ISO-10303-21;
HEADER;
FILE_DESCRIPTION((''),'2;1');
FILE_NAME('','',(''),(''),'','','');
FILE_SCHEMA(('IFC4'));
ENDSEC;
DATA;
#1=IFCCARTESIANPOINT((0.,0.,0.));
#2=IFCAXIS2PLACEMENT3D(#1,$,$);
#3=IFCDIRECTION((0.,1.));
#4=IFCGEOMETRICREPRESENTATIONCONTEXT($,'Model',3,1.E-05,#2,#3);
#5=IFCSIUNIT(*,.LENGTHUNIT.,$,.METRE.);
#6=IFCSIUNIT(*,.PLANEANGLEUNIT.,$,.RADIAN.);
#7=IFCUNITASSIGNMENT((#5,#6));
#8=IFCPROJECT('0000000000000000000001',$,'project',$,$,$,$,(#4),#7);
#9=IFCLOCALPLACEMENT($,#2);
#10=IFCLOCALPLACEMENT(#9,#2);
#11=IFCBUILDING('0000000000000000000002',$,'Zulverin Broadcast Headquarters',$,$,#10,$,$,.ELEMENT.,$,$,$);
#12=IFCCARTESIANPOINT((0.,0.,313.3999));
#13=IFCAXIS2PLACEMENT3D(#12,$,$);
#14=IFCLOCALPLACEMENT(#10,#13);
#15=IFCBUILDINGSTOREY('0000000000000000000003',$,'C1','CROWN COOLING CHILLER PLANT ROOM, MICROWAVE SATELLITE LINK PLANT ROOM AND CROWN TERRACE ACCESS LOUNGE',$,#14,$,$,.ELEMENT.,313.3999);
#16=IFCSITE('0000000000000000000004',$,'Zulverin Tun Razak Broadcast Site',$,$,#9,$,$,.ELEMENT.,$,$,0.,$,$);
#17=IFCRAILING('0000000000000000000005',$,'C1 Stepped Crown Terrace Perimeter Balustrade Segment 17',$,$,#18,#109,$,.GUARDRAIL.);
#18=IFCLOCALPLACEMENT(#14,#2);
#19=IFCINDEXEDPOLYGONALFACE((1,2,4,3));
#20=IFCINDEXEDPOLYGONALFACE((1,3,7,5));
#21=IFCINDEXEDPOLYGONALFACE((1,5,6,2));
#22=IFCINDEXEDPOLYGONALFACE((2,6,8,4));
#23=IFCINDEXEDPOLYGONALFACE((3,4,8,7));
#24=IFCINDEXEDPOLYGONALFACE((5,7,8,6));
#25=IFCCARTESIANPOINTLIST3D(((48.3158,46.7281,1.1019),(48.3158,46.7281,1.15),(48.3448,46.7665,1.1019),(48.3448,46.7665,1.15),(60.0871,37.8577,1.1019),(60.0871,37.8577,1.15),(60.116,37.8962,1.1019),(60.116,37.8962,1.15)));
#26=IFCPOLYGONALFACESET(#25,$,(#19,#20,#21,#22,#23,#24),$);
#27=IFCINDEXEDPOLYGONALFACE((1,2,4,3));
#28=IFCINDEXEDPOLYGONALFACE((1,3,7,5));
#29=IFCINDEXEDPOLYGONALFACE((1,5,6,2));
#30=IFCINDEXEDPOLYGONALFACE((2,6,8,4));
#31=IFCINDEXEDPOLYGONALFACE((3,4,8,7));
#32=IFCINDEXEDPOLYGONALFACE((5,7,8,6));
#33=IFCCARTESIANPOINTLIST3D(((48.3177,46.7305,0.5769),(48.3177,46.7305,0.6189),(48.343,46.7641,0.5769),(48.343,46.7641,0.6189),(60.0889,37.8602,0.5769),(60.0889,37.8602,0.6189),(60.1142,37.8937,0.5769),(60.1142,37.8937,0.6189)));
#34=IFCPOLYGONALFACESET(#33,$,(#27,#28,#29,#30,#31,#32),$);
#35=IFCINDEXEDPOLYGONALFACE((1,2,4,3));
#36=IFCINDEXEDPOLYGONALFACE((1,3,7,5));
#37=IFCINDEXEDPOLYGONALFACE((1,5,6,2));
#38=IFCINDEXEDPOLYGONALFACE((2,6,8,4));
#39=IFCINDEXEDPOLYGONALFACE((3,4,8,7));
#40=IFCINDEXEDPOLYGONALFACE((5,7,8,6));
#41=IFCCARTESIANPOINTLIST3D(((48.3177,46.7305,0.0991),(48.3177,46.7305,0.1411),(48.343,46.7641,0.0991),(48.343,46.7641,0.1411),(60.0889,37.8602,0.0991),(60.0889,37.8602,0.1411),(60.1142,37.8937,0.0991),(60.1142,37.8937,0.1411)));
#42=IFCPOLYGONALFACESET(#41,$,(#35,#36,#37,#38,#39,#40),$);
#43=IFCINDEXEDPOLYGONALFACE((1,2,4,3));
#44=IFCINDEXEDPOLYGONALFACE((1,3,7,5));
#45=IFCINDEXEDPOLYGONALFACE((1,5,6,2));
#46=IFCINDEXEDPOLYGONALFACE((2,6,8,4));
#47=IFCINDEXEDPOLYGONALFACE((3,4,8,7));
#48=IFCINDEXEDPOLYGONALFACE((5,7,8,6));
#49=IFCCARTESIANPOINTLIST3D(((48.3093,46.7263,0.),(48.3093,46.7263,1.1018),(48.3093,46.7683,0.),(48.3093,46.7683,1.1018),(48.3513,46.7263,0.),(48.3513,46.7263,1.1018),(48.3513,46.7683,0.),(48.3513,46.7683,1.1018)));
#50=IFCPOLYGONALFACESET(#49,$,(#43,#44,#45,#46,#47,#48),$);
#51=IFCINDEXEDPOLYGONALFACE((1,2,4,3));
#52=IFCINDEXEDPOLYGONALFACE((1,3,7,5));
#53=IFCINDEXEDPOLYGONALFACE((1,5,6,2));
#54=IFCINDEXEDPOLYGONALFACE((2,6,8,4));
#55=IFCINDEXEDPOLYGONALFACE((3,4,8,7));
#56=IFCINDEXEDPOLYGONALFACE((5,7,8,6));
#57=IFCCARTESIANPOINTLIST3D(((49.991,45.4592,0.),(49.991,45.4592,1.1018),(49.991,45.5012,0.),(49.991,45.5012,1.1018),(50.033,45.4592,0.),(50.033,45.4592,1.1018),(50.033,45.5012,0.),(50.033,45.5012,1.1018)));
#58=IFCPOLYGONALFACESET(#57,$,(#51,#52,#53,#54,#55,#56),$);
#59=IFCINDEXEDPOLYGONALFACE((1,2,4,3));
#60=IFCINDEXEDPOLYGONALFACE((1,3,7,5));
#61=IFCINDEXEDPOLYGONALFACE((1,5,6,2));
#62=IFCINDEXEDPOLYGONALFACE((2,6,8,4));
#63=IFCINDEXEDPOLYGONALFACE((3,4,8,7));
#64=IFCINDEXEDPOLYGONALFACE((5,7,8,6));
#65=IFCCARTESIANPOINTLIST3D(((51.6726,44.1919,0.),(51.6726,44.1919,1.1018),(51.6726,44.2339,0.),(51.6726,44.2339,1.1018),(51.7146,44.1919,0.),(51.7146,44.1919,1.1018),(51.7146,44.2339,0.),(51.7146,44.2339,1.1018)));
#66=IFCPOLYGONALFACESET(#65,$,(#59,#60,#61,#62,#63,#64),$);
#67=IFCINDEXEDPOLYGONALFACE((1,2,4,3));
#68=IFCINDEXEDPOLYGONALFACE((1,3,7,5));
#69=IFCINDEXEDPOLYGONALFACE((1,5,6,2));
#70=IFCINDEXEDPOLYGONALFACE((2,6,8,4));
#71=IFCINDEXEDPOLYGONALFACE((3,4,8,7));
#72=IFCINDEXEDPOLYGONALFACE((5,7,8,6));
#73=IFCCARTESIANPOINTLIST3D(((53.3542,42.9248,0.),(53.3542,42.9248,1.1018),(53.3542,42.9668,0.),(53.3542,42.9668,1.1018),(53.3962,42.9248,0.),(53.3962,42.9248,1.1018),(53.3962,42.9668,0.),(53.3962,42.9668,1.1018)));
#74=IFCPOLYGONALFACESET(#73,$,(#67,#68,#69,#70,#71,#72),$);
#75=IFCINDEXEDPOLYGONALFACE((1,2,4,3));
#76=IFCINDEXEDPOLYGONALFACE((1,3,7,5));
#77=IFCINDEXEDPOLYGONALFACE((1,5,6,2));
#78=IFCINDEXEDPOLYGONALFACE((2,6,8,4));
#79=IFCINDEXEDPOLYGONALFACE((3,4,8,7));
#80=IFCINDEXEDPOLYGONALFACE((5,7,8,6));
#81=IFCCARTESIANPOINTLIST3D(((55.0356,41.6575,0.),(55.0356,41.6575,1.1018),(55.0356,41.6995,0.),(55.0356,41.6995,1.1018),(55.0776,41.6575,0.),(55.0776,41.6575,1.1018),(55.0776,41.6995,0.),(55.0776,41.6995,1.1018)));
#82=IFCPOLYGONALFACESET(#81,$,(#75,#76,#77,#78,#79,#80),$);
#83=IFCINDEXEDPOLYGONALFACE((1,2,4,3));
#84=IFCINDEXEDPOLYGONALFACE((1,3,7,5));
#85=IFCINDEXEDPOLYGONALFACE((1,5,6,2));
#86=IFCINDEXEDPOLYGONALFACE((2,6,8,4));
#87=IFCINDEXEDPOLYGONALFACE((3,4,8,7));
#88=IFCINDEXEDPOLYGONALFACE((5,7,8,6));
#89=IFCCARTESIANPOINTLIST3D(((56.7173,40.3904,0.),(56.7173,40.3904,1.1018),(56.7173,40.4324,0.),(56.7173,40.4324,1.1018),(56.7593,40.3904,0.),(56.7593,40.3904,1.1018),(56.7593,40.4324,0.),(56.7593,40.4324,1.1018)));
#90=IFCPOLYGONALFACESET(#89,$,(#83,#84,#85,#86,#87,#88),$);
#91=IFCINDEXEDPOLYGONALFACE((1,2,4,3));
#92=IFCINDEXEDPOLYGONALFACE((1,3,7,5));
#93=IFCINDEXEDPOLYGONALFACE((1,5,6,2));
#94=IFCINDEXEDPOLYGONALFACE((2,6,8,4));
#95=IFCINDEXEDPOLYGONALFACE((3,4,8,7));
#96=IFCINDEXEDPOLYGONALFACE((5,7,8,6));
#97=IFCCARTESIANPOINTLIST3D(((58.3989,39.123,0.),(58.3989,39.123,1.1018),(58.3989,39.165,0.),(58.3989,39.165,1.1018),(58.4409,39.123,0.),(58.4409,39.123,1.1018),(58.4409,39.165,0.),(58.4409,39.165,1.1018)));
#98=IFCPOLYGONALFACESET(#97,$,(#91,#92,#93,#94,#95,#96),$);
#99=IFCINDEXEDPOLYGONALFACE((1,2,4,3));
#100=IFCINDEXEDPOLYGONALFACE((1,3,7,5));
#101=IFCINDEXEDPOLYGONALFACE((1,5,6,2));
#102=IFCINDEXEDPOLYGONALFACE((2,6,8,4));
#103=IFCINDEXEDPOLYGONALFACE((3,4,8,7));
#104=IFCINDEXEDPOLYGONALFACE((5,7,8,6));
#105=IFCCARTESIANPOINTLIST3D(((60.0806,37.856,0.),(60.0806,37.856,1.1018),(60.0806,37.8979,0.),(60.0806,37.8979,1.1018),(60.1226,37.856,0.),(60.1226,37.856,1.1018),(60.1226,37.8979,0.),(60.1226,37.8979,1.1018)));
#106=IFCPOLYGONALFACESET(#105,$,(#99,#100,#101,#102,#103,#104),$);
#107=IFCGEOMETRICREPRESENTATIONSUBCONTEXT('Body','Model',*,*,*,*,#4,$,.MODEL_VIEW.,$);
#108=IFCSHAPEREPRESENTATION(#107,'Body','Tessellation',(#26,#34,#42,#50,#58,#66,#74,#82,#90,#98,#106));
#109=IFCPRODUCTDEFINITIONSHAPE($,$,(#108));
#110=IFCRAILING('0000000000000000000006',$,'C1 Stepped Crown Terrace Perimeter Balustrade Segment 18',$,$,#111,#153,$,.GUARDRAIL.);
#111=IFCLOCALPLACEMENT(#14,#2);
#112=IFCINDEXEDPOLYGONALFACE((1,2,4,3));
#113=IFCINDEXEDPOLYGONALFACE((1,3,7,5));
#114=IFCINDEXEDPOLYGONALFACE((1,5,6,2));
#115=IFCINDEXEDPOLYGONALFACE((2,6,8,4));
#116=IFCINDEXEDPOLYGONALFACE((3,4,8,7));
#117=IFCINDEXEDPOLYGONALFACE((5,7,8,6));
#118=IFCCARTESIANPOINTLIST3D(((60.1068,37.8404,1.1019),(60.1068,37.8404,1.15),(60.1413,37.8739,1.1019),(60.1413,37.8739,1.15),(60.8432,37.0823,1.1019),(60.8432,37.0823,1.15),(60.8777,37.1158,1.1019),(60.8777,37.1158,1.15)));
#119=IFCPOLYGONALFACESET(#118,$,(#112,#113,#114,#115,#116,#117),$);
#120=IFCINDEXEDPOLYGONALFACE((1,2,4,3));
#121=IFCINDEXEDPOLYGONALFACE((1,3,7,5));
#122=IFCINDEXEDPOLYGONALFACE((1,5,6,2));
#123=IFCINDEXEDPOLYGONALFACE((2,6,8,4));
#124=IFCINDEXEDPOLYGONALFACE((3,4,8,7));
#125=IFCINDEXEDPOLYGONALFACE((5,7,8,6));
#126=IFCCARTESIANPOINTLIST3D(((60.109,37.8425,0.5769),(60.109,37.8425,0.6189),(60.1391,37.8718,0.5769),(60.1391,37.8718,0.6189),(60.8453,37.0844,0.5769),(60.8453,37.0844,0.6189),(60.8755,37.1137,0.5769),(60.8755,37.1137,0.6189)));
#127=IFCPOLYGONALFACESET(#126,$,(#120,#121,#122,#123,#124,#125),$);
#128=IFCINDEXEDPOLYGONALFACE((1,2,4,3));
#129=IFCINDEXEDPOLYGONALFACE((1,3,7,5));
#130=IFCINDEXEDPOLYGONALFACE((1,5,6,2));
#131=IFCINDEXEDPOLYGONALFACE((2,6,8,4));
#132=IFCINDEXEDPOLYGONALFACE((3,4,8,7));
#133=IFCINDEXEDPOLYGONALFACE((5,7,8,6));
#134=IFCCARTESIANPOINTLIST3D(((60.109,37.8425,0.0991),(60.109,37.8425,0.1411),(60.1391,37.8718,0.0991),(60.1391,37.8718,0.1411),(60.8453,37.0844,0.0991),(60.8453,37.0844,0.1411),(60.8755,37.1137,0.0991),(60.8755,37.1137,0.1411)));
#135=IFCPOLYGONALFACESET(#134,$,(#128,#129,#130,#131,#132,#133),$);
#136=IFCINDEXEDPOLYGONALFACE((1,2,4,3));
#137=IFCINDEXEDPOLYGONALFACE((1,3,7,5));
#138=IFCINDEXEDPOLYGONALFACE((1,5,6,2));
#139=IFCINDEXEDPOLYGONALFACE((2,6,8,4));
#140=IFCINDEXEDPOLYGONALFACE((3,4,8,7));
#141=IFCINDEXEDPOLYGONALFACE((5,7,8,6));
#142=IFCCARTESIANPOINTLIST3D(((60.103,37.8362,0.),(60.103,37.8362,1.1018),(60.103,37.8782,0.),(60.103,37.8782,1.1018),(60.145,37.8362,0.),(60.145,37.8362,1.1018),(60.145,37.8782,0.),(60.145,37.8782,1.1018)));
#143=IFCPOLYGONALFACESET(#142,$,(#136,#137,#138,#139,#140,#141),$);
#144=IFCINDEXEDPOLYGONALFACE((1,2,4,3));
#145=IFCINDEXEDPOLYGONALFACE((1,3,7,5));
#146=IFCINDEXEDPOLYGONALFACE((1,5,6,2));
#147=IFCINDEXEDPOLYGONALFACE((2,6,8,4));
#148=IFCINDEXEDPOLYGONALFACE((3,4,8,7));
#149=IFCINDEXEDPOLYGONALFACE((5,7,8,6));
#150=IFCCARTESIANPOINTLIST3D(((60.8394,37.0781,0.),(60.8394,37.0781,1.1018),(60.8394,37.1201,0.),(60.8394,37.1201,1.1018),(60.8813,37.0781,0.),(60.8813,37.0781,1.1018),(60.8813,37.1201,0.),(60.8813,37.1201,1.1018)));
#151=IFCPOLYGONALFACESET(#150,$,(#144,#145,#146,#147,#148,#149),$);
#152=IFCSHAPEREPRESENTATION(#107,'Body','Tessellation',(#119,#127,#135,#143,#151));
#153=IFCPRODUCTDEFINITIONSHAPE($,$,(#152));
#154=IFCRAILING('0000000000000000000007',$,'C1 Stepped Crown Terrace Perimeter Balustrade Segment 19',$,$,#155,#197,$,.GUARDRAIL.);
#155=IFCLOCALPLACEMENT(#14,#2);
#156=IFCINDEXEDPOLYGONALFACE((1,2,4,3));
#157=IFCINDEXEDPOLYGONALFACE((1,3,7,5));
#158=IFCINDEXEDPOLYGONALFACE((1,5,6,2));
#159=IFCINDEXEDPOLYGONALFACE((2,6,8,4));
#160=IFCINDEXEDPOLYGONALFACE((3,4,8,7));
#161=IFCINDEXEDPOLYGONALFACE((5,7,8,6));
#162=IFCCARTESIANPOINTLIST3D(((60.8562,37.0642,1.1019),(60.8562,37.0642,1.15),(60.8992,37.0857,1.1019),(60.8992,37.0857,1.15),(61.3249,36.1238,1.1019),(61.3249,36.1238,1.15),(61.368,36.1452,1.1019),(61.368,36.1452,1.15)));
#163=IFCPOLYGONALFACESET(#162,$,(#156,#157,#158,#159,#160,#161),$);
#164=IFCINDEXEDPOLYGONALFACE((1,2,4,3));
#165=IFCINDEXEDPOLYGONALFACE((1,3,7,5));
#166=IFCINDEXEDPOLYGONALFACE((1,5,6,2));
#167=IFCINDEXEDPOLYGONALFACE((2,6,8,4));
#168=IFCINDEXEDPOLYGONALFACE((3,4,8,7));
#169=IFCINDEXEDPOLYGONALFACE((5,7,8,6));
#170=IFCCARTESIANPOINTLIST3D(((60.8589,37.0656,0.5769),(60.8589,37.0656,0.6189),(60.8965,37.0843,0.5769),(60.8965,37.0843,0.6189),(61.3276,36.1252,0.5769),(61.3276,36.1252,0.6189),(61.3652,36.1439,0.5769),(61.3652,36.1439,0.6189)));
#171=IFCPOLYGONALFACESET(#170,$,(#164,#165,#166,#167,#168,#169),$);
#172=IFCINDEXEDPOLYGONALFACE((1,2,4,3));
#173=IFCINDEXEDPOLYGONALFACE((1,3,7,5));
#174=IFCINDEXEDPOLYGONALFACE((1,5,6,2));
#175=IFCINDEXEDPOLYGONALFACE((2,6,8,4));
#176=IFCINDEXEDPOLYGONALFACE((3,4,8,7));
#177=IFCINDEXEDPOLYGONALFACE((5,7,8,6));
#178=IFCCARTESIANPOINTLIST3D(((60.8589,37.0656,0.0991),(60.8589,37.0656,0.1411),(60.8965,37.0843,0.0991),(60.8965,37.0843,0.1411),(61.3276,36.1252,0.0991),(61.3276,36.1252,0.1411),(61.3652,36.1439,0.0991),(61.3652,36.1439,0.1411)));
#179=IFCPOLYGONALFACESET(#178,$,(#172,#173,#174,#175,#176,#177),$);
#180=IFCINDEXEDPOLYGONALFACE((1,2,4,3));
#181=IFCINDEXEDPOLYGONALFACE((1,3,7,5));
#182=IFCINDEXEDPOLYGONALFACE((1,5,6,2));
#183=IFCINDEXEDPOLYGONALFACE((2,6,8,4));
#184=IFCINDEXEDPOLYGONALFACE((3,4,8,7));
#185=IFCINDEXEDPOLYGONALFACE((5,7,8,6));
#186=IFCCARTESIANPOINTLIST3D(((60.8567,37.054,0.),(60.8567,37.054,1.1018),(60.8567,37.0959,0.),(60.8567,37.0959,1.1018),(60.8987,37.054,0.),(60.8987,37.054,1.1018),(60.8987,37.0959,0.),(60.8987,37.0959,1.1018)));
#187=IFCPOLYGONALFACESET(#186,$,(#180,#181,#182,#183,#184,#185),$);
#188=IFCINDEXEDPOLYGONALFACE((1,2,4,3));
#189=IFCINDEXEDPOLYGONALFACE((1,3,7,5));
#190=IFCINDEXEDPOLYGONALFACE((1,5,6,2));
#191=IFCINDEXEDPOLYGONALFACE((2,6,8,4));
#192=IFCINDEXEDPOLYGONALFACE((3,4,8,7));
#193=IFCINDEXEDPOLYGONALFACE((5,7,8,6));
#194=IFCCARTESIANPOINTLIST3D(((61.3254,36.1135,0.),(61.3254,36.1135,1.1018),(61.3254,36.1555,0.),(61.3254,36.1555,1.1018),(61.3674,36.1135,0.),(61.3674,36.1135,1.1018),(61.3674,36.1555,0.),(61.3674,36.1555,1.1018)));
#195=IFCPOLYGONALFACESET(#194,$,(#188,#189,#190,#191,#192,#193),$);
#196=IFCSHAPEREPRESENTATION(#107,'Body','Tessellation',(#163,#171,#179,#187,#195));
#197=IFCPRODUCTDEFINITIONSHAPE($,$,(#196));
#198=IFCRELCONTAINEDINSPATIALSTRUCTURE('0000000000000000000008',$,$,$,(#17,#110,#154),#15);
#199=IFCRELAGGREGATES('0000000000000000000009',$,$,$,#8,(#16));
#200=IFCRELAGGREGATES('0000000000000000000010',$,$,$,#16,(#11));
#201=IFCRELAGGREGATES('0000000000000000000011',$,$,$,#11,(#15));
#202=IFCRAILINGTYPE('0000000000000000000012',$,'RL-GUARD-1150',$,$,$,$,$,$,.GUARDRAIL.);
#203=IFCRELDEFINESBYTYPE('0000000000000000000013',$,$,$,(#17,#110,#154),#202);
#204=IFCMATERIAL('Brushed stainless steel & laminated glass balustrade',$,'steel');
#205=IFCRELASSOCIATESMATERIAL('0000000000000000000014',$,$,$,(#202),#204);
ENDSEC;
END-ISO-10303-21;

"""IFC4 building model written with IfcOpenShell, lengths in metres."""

from ifc_helpers import new_model, si_unit, direction, frame, origin, origin_2d, place, context, subcontext, project, spatial, rectangle, extrude, material, type_object, element, save


model = new_model("IFC4")

# Units and contexts
model_context = context("Model", 3, precision=1e-05, world=origin(), true_north=direction((0.0, 1.0)))
body_context = subcontext(model_context, "Body", "Model", "MODEL_VIEW")
ifc_project = project(units=[si_unit("LENGTHUNIT", "METRE"), si_unit("PLANEANGLEUNIT", "RADIAN")], contexts=[model_context])

# Site, building, storey
site_placement = place(None, origin())
site = spatial("IfcSite", under=ifc_project, at=site_placement, Name="Zulverin Tun Razak Broadcast Site", CompositionType="ELEMENT", RefElevation=0.0)
building_placement = place(site_placement, origin())
building = spatial("IfcBuilding", under=site, at=building_placement, Name="Zulverin Broadcast Headquarters", CompositionType="ELEMENT")
storey_placement = place(building_placement, frame((0.0, 0.0, 313.3999)))
storey = spatial("IfcBuildingStorey", under=building, at=storey_placement, Name="C1", Description="CROWN COOLING CHILLER PLANT ROOM, MICROWAVE SATELLITE LINK PLANT ROOM AND CROWN TERRACE ACCESS LOUNGE", CompositionType="ELEMENT", Elevation=313.3999)

# Railings
ifc_material_1 = material(Name="Brushed stainless steel & laminated glass balustrade", Category="steel")
railing_type = type_object("IfcRailingType", Name="RL-GUARD-1150", PredefinedType="GUARDRAIL", material=ifc_material_1)
railing_1_placement = place(storey_placement, frame((48.3303, 46.7473, 0.0)))
element("IfcRailing", 1, at=railing_1_placement, inside=storey, type_object=railing_type, Name="C1 Stepped Crown Terrace Perimeter Balustrade Segment 17", PredefinedType="GUARDRAIL", context=body_context, shape_type="SweptSolid", body=[
    extrude(rectangle(XDim=0.0481, YDim=0.0481, at=origin_2d()), frame((0.0, 0.0, 1.126), z_axis=(0.798632, -0.601819, 0.0), x_axis=(0.601819, 0.798632, 0.0)), (0.0, 0.0, 1.0), 14.7393),
    extrude(rectangle(XDim=0.042, YDim=0.042, at=origin_2d()), frame((0.0, 0.0, 0.5979), z_axis=(0.798632, -0.601819, 0.0), x_axis=(0.601819, 0.798632, 0.0)), (0.0, 0.0, 1.0), 14.7393),
    extrude(rectangle(XDim=0.042, YDim=0.042, at=origin_2d()), frame((0.0, 0.0, 0.1201), z_axis=(0.798632, -0.601819, 0.0), x_axis=(0.601819, 0.798632, 0.0)), (0.0, 0.0, 1.0), 14.7393),
    extrude(rectangle(XDim=0.042, YDim=0.042, at=origin_2d()), origin(), (0.0, 0.0, 1.0), 1.1018),
    extrude(rectangle(XDim=0.042, YDim=0.042, at=origin_2d()), frame((1.6816, -1.2671, 0.0)), (0.0, 0.0, 1.0), 1.1018),
    extrude(rectangle(XDim=0.042, YDim=0.042, at=origin_2d()), frame((3.3633, -2.5344, 0.0)), (0.0, 0.0, 1.0), 1.1018),
    extrude(rectangle(XDim=0.042, YDim=0.042, at=origin_2d()), frame((5.0449, -3.8015, 0.0)), (0.0, 0.0, 1.0), 1.1018),
    extrude(rectangle(XDim=0.042, YDim=0.042, at=origin_2d()), frame((6.7263, -5.0688, 0.0)), (0.0, 0.0, 1.0), 1.1018),
    extrude(rectangle(XDim=0.042, YDim=0.042, at=origin_2d()), frame((8.408, -6.3359, 0.0)), (0.0, 0.0, 1.0), 1.1018),
    extrude(rectangle(XDim=0.042, YDim=0.042, at=origin_2d()), frame((10.0896, -7.6033, 0.0)), (0.0, 0.0, 1.0), 1.1018),
    extrude(rectangle(XDim=0.042, YDim=0.042, at=origin_2d()), frame((11.7712, -8.8704, 0.0)), (0.0, 0.0, 1.0), 1.1018),
])
railing_2_placement = place(storey_placement, frame((60.124, 37.8572, 0.0)))
element("IfcRailing", 2, at=railing_2_placement, inside=storey, type_object=railing_type, Name="C1 Stepped Crown Terrace Perimeter Balustrade Segment 18", PredefinedType="GUARDRAIL", context=body_context, shape_type="SweptSolid", body=[
    extrude(rectangle(XDim=0.0481, YDim=0.0481, at=origin_2d()), frame((0.0, 0.0, 1.126), z_axis=(0.696752, -0.717312, 0.0), x_axis=(0.717312, 0.696752, 0.0)), (0.0, 0.0, 1.0), 1.0569),
    extrude(rectangle(XDim=0.042, YDim=0.042, at=origin_2d()), frame((0.0, 0.0, 0.5979), z_axis=(0.696752, -0.717312, 0.0), x_axis=(0.717312, 0.696752, 0.0)), (0.0, 0.0, 1.0), 1.0569),
    extrude(rectangle(XDim=0.042, YDim=0.042, at=origin_2d()), frame((0.0, 0.0, 0.1201), z_axis=(0.696752, -0.717312, 0.0), x_axis=(0.717312, 0.696752, 0.0)), (0.0, 0.0, 1.0), 1.0569),
    extrude(rectangle(XDim=0.042, YDim=0.042, at=origin_2d()), origin(), (0.0, 0.0, 1.0), 1.1018),
    extrude(rectangle(XDim=0.042, YDim=0.042, at=origin_2d()), frame((0.7363, -0.7581, 0.0)), (0.0, 0.0, 1.0), 1.1018),
])
railing_3_placement = place(storey_placement, frame((60.8777, 37.075, 0.0)))
element("IfcRailing", 3, at=railing_3_placement, inside=storey, type_object=railing_type, Name="C1 Stepped Crown Terrace Perimeter Balustrade Segment 19", PredefinedType="GUARDRAIL", context=body_context, shape_type="SweptSolid", body=[
    extrude(rectangle(XDim=0.0481, YDim=0.0481, at=origin_2d()), frame((0.0, 0.0, 1.126), z_axis=(0.446098, -0.894984, 0.0), x_axis=(0.894984, 0.446098, 0.0)), (0.0, 0.0, 1.0), 1.0508),
    extrude(rectangle(XDim=0.042, YDim=0.042, at=origin_2d()), frame((0.0, 0.0, 0.5979), z_axis=(0.446098, -0.894984, 0.0), x_axis=(0.894984, 0.446098, 0.0)), (0.0, 0.0, 1.0), 1.0508),
    extrude(rectangle(XDim=0.042, YDim=0.042, at=origin_2d()), frame((0.0, 0.0, 0.1201), z_axis=(0.446098, -0.894984, 0.0), x_axis=(0.894984, 0.446098, 0.0)), (0.0, 0.0, 1.0), 1.0508),
    extrude(rectangle(XDim=0.042, YDim=0.042, at=origin_2d()), origin(), (0.0, 0.0, 1.0), 1.1018),
    extrude(rectangle(XDim=0.042, YDim=0.042, at=origin_2d()), frame((0.4688, -0.9404, 0.0)), (0.0, 0.0, 1.0), 1.1018),
])

save(model, "model.ifc")
